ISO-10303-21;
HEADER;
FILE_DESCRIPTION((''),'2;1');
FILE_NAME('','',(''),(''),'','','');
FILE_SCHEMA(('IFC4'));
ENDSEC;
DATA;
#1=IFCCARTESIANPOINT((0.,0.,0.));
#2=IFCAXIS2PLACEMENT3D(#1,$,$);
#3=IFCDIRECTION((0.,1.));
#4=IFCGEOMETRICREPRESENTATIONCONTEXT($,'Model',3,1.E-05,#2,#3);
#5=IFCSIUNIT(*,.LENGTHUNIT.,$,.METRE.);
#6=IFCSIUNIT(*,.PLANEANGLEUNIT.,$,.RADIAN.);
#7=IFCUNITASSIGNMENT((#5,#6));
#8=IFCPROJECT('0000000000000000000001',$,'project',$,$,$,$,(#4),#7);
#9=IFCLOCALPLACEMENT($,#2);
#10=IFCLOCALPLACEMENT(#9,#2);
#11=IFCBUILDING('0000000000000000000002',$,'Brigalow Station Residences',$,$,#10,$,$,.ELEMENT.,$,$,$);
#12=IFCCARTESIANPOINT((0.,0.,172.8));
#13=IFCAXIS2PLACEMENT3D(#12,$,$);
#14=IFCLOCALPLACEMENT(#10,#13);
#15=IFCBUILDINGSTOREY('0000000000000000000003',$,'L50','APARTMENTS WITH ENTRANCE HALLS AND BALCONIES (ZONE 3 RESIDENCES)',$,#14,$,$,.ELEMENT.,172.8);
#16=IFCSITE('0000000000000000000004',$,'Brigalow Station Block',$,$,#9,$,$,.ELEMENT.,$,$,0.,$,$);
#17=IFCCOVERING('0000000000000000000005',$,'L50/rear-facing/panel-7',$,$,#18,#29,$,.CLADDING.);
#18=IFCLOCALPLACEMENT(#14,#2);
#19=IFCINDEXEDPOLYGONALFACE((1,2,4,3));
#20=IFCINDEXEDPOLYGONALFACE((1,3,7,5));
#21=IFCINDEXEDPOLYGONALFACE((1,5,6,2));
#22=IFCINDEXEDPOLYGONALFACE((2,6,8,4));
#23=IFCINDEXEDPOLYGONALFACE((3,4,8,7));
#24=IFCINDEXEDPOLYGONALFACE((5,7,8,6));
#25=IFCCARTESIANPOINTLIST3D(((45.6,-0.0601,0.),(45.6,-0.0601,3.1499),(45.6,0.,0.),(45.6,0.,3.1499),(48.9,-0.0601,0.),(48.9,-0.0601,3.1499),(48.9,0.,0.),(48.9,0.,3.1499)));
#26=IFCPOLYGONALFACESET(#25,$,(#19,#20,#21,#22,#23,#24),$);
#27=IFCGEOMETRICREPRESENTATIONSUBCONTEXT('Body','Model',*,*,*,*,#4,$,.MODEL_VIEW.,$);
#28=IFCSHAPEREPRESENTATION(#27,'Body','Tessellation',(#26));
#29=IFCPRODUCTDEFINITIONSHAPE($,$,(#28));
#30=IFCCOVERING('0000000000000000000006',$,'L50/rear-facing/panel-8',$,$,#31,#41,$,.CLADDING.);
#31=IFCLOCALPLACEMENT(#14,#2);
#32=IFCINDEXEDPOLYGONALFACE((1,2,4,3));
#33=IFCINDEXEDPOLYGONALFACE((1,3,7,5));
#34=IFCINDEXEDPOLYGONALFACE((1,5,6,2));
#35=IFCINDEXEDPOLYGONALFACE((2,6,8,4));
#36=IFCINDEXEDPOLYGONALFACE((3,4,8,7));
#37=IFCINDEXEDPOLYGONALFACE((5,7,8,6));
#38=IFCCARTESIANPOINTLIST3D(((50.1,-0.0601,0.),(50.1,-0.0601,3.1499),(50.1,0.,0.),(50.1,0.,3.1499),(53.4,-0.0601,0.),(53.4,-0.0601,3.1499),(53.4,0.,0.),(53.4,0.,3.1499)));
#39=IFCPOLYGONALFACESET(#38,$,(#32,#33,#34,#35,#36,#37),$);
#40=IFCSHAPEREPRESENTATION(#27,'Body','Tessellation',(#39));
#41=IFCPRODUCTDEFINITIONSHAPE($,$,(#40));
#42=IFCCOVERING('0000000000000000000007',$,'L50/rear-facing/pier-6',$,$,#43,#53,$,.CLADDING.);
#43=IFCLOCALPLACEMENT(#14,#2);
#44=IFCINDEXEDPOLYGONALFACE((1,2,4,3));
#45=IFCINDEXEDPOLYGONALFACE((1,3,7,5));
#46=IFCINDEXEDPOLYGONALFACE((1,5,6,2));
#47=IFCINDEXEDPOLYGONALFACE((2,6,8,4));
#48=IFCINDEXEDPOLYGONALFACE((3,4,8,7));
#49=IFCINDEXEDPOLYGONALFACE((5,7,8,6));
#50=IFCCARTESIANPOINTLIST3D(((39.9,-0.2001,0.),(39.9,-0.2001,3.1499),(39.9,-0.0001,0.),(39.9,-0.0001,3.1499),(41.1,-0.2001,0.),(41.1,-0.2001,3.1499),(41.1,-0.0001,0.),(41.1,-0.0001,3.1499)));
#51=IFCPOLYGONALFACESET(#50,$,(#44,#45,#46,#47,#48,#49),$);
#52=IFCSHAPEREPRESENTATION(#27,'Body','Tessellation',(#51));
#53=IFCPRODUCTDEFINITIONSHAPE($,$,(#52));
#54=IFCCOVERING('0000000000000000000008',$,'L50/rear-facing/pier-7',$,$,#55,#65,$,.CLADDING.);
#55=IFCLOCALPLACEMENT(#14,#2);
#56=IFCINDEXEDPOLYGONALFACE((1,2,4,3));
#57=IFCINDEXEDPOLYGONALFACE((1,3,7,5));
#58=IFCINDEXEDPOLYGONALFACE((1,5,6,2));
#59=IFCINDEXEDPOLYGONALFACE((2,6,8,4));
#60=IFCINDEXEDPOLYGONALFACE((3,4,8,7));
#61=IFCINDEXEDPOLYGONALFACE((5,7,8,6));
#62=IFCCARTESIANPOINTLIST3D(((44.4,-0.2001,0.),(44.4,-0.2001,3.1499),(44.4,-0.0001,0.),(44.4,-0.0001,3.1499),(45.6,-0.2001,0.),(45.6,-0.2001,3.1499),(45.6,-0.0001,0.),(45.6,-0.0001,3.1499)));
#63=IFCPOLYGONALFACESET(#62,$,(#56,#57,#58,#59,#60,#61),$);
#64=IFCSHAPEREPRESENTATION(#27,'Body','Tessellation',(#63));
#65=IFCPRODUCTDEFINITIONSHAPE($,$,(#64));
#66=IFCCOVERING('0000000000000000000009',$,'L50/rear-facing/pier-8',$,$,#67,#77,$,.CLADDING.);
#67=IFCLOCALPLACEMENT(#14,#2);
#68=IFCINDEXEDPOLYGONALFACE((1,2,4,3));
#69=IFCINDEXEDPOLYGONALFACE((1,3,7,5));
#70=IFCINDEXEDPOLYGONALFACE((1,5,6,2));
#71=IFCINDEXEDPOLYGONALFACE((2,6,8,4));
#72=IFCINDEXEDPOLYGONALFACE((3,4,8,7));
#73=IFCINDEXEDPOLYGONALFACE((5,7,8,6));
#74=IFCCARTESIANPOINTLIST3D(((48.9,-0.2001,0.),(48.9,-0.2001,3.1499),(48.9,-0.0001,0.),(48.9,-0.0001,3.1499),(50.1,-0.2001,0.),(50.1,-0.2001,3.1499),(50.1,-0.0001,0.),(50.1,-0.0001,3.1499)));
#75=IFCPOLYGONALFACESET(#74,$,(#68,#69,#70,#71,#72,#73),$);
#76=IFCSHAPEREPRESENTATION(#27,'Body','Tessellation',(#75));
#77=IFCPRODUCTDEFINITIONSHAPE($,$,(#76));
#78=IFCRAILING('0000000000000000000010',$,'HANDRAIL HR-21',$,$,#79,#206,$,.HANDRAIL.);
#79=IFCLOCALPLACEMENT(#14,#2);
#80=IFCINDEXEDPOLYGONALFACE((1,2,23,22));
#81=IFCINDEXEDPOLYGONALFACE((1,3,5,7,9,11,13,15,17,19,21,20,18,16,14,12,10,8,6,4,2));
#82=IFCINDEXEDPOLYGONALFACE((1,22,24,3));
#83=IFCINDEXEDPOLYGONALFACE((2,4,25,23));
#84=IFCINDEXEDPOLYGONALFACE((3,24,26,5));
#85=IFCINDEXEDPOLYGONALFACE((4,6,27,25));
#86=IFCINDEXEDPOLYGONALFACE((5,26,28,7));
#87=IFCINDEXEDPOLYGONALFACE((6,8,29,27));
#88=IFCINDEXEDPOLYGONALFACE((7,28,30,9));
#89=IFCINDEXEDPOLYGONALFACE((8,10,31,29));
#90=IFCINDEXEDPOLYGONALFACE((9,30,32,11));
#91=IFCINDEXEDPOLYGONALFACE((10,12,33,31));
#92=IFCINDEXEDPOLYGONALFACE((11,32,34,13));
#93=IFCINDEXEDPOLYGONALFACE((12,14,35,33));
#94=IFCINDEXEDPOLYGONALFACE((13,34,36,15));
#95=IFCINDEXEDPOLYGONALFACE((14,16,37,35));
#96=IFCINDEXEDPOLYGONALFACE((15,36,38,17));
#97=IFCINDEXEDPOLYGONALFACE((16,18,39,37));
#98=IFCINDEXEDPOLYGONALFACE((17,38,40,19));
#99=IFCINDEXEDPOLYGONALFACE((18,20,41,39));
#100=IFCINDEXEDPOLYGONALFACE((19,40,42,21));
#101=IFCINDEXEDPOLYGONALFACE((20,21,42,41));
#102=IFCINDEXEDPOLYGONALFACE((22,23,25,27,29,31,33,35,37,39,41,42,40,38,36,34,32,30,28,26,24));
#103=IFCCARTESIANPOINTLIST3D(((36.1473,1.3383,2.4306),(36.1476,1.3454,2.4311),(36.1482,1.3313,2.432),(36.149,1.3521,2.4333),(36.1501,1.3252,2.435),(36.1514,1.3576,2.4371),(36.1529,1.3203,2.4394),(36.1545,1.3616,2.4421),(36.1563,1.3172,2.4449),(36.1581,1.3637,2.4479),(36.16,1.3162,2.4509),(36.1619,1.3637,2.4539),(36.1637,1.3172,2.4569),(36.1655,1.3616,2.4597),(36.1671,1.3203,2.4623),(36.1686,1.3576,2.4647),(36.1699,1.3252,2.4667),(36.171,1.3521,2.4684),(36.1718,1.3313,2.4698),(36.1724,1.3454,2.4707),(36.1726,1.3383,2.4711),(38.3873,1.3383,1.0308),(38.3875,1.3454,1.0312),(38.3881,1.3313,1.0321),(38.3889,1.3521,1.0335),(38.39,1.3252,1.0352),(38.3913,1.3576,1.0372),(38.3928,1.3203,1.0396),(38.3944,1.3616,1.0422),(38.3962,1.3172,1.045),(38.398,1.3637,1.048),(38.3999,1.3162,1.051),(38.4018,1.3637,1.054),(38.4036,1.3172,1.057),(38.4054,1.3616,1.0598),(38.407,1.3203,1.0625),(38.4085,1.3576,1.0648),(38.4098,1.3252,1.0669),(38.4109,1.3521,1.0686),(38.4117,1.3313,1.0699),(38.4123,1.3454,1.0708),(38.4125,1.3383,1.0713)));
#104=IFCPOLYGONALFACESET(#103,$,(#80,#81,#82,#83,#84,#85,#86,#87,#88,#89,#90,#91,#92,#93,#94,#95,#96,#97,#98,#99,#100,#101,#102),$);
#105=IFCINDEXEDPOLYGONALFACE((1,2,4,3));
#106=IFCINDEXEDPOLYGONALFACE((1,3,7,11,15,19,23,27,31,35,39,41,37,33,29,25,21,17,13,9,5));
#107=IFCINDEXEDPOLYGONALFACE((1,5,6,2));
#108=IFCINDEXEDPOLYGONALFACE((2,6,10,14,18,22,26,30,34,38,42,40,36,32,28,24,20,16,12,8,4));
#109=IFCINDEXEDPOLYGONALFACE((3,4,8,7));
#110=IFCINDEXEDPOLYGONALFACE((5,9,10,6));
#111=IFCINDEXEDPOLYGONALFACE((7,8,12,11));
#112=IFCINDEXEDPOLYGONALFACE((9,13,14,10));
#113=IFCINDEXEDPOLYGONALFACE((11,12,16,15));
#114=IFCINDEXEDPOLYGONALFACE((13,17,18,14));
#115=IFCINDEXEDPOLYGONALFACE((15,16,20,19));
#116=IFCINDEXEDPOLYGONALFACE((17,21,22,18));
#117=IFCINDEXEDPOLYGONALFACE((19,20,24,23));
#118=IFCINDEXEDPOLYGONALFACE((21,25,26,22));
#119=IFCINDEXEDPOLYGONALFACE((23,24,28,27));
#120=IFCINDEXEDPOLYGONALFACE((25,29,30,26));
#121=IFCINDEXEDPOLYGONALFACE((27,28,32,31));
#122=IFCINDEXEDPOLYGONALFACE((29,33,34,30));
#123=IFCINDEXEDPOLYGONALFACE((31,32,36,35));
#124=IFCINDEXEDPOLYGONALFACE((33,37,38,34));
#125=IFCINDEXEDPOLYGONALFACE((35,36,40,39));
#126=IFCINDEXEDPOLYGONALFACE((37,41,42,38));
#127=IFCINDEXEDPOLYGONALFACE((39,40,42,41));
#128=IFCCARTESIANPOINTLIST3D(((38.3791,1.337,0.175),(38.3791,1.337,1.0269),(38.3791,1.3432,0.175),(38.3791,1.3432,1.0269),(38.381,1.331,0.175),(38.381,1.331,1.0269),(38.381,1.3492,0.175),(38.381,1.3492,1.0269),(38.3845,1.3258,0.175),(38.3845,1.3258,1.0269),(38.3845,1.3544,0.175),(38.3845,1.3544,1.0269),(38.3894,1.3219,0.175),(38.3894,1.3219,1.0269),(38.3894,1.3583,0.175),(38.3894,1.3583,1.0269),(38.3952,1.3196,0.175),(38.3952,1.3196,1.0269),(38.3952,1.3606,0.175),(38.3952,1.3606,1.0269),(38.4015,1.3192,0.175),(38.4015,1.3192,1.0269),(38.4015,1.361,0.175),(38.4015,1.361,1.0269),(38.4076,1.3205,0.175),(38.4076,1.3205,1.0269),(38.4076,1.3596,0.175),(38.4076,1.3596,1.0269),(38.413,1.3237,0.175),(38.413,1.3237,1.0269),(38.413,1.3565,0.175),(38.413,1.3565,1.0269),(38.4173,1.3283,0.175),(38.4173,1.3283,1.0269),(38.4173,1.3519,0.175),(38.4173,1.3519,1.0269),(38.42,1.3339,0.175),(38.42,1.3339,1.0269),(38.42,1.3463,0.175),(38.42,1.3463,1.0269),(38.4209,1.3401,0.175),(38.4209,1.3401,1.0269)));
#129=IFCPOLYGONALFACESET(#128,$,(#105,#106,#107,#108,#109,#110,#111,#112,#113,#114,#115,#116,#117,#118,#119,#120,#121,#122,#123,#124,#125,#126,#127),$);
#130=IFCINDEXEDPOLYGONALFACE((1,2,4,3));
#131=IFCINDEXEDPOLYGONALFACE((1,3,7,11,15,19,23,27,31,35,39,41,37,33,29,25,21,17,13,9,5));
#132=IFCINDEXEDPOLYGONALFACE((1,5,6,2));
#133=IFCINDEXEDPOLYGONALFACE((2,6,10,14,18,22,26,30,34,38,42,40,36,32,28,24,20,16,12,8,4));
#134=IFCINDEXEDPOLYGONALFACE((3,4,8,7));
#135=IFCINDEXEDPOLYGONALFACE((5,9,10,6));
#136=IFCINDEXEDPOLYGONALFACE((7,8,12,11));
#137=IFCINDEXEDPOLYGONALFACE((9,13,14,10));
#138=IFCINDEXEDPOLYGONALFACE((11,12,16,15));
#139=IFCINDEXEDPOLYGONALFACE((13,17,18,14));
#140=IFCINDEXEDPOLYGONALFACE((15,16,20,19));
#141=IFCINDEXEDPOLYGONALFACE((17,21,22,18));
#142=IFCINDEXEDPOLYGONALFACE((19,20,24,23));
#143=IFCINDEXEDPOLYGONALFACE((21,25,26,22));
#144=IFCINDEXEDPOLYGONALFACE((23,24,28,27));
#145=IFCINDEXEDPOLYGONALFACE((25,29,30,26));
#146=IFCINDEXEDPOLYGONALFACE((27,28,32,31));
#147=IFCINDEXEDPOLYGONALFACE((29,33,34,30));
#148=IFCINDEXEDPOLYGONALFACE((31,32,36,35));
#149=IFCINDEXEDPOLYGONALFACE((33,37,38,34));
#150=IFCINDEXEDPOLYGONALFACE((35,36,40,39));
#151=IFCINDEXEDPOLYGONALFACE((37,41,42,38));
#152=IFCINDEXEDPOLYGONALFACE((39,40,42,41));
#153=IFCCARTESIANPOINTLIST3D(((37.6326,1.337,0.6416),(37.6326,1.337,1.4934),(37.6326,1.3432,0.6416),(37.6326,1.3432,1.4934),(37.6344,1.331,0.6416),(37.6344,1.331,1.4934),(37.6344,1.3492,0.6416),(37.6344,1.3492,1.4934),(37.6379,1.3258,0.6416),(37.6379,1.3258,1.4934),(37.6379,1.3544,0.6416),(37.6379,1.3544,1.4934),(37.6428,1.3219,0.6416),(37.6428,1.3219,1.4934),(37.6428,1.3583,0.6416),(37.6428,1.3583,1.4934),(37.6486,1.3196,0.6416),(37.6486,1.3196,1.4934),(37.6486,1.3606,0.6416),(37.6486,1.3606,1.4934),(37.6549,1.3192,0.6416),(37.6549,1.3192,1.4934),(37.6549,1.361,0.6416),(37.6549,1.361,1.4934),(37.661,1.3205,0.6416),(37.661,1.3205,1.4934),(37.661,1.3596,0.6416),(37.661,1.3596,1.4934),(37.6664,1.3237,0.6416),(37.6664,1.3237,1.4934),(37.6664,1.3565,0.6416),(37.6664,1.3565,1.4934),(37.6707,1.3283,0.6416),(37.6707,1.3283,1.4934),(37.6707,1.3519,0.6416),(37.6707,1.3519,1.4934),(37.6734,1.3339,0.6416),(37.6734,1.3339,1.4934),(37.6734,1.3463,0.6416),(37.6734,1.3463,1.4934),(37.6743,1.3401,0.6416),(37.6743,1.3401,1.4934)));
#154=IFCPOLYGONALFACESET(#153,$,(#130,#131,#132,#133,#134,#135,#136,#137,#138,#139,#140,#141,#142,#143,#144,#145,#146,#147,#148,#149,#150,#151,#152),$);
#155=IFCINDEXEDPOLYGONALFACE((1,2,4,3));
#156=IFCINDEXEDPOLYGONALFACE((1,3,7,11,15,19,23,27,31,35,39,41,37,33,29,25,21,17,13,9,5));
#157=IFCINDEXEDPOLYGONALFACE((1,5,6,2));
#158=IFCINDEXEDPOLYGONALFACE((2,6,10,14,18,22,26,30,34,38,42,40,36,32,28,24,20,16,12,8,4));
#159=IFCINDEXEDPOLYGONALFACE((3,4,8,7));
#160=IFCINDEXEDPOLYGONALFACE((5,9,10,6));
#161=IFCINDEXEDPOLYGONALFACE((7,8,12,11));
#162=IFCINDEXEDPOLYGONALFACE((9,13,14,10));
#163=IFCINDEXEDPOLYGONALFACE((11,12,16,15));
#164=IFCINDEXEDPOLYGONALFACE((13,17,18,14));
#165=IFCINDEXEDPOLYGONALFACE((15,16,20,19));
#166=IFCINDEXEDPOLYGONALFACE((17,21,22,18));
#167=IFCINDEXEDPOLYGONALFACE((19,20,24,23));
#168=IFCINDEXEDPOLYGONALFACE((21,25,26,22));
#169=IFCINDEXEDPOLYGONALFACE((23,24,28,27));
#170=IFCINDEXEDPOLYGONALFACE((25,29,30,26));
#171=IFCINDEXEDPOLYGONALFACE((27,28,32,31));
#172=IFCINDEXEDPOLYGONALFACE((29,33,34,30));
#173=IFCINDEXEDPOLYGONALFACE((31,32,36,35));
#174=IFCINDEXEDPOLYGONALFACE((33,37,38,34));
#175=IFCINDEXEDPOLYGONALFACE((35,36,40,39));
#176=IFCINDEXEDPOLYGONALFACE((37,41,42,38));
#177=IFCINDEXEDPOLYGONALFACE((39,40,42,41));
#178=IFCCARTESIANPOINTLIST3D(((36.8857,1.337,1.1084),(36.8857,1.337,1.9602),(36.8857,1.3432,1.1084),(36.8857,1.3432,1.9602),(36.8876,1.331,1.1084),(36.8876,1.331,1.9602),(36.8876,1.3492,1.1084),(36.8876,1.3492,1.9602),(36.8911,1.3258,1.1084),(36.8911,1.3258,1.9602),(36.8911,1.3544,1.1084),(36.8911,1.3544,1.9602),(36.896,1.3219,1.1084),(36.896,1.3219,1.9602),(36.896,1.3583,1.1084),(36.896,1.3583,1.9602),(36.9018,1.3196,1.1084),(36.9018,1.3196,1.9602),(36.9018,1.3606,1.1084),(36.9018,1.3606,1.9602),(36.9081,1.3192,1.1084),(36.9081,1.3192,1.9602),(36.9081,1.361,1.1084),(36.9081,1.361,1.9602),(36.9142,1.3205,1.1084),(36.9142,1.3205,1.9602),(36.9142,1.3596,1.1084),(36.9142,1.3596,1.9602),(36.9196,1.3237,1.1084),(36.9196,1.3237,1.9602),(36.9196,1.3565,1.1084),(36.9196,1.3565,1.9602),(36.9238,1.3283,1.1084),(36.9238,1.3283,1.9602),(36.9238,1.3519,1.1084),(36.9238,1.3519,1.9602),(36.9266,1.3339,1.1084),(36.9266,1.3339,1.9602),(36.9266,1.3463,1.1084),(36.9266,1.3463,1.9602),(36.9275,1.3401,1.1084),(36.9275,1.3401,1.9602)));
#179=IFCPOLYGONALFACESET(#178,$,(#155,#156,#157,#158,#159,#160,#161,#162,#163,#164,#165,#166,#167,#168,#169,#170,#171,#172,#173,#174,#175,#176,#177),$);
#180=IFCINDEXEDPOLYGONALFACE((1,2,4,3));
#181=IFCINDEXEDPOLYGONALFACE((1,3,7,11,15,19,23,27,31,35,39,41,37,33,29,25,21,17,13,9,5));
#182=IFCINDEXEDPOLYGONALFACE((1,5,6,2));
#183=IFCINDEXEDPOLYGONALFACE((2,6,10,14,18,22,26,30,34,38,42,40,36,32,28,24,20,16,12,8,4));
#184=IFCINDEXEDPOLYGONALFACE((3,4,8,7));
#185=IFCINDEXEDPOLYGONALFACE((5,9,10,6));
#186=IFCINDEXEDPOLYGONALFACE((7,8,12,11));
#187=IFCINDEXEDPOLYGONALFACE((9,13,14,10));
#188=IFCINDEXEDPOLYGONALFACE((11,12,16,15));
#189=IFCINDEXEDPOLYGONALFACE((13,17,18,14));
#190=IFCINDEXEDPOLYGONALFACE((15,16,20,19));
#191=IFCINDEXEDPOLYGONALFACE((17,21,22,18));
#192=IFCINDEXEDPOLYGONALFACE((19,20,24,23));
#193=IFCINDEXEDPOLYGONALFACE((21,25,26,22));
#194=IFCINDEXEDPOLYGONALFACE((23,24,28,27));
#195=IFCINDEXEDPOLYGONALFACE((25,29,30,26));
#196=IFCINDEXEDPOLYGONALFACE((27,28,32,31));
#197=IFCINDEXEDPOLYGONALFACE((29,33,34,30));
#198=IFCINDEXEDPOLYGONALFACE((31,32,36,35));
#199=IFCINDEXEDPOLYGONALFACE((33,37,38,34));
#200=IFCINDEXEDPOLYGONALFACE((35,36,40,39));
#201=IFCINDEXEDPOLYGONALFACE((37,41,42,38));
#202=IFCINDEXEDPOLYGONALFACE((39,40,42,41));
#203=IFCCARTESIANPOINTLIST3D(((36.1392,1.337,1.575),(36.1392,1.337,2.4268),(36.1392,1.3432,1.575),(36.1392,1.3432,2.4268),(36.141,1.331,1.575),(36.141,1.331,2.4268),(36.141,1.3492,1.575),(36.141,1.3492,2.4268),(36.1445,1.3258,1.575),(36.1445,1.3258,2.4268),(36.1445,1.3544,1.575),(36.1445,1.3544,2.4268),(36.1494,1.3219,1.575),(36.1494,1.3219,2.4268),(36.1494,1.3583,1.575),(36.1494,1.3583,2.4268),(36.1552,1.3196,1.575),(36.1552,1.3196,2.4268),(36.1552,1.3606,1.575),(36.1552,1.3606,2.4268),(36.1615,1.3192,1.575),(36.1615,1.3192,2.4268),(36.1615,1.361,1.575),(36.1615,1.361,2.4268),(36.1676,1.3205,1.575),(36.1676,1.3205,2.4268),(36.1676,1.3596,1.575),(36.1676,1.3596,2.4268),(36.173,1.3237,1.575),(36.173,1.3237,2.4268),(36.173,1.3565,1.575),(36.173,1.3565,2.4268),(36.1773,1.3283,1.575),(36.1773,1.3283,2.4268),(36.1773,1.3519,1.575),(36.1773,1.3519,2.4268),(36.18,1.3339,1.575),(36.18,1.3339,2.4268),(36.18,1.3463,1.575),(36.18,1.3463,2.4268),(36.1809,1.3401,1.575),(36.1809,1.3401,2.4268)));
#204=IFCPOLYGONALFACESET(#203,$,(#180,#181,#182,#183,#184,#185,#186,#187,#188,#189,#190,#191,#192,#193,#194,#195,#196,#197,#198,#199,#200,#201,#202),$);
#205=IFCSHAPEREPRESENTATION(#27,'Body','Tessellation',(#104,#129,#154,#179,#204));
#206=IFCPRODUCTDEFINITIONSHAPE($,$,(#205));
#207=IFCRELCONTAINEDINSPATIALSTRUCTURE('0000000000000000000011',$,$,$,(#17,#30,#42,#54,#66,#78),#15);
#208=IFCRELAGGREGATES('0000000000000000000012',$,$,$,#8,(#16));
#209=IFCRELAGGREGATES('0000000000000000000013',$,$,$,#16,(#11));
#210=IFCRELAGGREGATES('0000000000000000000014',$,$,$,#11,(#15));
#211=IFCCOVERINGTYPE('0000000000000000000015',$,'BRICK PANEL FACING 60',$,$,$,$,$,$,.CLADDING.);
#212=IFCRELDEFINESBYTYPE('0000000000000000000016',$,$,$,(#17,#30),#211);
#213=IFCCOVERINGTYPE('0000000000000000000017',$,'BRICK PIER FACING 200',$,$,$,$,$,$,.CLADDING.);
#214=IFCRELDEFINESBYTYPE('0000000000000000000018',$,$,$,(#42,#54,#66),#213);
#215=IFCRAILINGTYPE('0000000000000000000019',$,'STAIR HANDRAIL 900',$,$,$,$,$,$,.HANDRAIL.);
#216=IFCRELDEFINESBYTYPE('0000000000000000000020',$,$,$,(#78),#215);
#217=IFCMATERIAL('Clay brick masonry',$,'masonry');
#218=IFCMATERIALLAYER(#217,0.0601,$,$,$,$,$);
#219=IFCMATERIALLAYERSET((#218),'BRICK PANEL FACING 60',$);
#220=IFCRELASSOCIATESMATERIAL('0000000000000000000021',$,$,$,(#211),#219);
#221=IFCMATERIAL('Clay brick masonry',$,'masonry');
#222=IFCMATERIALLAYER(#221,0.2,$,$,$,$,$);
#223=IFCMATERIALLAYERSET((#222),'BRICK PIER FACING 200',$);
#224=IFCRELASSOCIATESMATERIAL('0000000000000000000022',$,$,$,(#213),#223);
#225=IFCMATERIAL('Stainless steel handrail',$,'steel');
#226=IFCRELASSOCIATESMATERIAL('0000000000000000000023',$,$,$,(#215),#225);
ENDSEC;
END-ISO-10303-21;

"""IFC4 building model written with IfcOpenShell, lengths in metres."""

from ifc_helpers import new_model, si_unit, direction, frame, origin, origin_2d, place, context, subcontext, project, spatial, rectangle, circle, extrude, material, layer, layer_set, type_object, element, save


model = new_model("IFC4")

# Units and contexts
model_context = context("Model", 3, precision=1e-05, world=origin(), true_north=direction((0.0, 1.0)))
body_context = subcontext(model_context, "Body", "Model", "MODEL_VIEW")
ifc_project = project(units=[si_unit("LENGTHUNIT", "METRE"), si_unit("PLANEANGLEUNIT", "RADIAN")], contexts=[model_context])

# Site, building, storey
site_placement = place(None, origin())
site = spatial("IfcSite", under=ifc_project, at=site_placement, Name="Brigalow Station Block", CompositionType="ELEMENT", RefElevation=0.0)
building_placement = place(site_placement, origin())
building = spatial("IfcBuilding", under=site, at=building_placement, Name="Brigalow Station Residences", CompositionType="ELEMENT")
storey_placement = place(building_placement, frame((0.0, 0.0, 172.8)))
storey = spatial("IfcBuildingStorey", under=building, at=storey_placement, Name="L50", Description="APARTMENTS WITH ENTRANCE HALLS AND BALCONIES (ZONE 3 RESIDENCES)", CompositionType="ELEMENT", Elevation=172.8)

# Coverings
ifc_material_1 = material(Name="Clay brick masonry", Category="masonry")
ifc_layer_1 = layer(ifc_material_1, 0.0601)
ifc_layer_set_1 = layer_set([ifc_layer_1], Name="BRICK PANEL FACING 60")
covering_type_1 = type_object("IfcCoveringType", Name="BRICK PANEL FACING 60", PredefinedType="CLADDING", material=ifc_layer_set_1)
for number, where, z_axis, x_axis, name in (
    (1, (47.25, -0.03, 0.0), (0.0, 0.0, 1.0), (1.0, 0.0, 0.0), "L50/rear-facing/panel-7"),
    (2, (51.75, -0.03, 0.0), (0.0, 0.0, 1.0), (1.0, 0.0, 0.0), "L50/rear-facing/panel-8"),
):
    element("IfcCovering", number, at=place(storey_placement, frame(where, z_axis=z_axis, x_axis=x_axis)), inside=storey, type_object=covering_type_1, Name=name, PredefinedType="CLADDING", context=body_context, shape_type="SweptSolid", body=[
        extrude(rectangle(XDim=3.3, YDim=0.0601, at=origin_2d()), origin(), (0.0, 0.0, 1.0), 3.1499),
    ])
ifc_material_2 = material(Name="Clay brick masonry", Category="masonry")
ifc_layer_2 = layer(ifc_material_2, 0.2)
ifc_layer_set_2 = layer_set([ifc_layer_2], Name="BRICK PIER FACING 200")
covering_type_2 = type_object("IfcCoveringType", Name="BRICK PIER FACING 200", PredefinedType="CLADDING", material=ifc_layer_set_2)
for number, where, z_axis, x_axis, name in (
    (3, (40.5, -0.1001, 0.0), (0.0, 0.0, 1.0), (1.0, 0.0, 0.0), "L50/rear-facing/pier-6"),
    (4, (45.0, -0.1001, 0.0), (0.0, 0.0, 1.0), (1.0, 0.0, 0.0), "L50/rear-facing/pier-7"),
    (5, (49.5, -0.1001, 0.0), (0.0, 0.0, 1.0), (1.0, 0.0, 0.0), "L50/rear-facing/pier-8"),
):
    element("IfcCovering", number, at=place(storey_placement, frame(where, z_axis=z_axis, x_axis=x_axis)), inside=storey, type_object=covering_type_2, Name=name, PredefinedType="CLADDING", context=body_context, shape_type="SweptSolid", body=[
        extrude(rectangle(XDim=1.2, YDim=0.2, at=origin_2d()), origin(), (0.0, 0.0, 1.0), 3.1499),
    ])

# Railing
ifc_material_3 = material(Name="Stainless steel handrail", Category="steel")
railing_type_1 = type_object("IfcRailingType", Name="STAIR HANDRAIL 900", PredefinedType="HANDRAIL", material=ifc_material_3)
railing_1_placement = place(storey_placement, frame((38.3999, 1.3401, 0.175)))
element("IfcRailing", 6, at=railing_1_placement, inside=storey, type_object=railing_type_1, Name="HANDRAIL HR-21", PredefinedType="HANDRAIL", context=body_context, shape_type="SweptSolid", body=[
    extrude(circle(Radius=0.0239, at=origin_2d()), frame((0.0, 0.0, 0.876), z_axis=(-0.848014, 0.0, 0.529974), x_axis=(0.0, -1.0, 0.0)), (0.0, 0.0, 1.0), 2.6414),
    extrude(circle(Radius=0.021, at=origin_2d()), origin(), (0.0, 0.0, 1.0), 0.8518),
    extrude(circle(Radius=0.021, at=origin_2d()), frame((-0.7466, 0.0, 0.4666)), (0.0, 0.0, 1.0), 0.8518),
    extrude(circle(Radius=0.021, at=origin_2d()), frame((-1.4934, 0.0, 0.9333)), (0.0, 0.0, 1.0), 0.8518),
    extrude(circle(Radius=0.021, at=origin_2d()), frame((-2.24, 0.0, 1.3999)), (0.0, 0.0, 1.0), 0.8518),
])

save(model, "model.ifc")
